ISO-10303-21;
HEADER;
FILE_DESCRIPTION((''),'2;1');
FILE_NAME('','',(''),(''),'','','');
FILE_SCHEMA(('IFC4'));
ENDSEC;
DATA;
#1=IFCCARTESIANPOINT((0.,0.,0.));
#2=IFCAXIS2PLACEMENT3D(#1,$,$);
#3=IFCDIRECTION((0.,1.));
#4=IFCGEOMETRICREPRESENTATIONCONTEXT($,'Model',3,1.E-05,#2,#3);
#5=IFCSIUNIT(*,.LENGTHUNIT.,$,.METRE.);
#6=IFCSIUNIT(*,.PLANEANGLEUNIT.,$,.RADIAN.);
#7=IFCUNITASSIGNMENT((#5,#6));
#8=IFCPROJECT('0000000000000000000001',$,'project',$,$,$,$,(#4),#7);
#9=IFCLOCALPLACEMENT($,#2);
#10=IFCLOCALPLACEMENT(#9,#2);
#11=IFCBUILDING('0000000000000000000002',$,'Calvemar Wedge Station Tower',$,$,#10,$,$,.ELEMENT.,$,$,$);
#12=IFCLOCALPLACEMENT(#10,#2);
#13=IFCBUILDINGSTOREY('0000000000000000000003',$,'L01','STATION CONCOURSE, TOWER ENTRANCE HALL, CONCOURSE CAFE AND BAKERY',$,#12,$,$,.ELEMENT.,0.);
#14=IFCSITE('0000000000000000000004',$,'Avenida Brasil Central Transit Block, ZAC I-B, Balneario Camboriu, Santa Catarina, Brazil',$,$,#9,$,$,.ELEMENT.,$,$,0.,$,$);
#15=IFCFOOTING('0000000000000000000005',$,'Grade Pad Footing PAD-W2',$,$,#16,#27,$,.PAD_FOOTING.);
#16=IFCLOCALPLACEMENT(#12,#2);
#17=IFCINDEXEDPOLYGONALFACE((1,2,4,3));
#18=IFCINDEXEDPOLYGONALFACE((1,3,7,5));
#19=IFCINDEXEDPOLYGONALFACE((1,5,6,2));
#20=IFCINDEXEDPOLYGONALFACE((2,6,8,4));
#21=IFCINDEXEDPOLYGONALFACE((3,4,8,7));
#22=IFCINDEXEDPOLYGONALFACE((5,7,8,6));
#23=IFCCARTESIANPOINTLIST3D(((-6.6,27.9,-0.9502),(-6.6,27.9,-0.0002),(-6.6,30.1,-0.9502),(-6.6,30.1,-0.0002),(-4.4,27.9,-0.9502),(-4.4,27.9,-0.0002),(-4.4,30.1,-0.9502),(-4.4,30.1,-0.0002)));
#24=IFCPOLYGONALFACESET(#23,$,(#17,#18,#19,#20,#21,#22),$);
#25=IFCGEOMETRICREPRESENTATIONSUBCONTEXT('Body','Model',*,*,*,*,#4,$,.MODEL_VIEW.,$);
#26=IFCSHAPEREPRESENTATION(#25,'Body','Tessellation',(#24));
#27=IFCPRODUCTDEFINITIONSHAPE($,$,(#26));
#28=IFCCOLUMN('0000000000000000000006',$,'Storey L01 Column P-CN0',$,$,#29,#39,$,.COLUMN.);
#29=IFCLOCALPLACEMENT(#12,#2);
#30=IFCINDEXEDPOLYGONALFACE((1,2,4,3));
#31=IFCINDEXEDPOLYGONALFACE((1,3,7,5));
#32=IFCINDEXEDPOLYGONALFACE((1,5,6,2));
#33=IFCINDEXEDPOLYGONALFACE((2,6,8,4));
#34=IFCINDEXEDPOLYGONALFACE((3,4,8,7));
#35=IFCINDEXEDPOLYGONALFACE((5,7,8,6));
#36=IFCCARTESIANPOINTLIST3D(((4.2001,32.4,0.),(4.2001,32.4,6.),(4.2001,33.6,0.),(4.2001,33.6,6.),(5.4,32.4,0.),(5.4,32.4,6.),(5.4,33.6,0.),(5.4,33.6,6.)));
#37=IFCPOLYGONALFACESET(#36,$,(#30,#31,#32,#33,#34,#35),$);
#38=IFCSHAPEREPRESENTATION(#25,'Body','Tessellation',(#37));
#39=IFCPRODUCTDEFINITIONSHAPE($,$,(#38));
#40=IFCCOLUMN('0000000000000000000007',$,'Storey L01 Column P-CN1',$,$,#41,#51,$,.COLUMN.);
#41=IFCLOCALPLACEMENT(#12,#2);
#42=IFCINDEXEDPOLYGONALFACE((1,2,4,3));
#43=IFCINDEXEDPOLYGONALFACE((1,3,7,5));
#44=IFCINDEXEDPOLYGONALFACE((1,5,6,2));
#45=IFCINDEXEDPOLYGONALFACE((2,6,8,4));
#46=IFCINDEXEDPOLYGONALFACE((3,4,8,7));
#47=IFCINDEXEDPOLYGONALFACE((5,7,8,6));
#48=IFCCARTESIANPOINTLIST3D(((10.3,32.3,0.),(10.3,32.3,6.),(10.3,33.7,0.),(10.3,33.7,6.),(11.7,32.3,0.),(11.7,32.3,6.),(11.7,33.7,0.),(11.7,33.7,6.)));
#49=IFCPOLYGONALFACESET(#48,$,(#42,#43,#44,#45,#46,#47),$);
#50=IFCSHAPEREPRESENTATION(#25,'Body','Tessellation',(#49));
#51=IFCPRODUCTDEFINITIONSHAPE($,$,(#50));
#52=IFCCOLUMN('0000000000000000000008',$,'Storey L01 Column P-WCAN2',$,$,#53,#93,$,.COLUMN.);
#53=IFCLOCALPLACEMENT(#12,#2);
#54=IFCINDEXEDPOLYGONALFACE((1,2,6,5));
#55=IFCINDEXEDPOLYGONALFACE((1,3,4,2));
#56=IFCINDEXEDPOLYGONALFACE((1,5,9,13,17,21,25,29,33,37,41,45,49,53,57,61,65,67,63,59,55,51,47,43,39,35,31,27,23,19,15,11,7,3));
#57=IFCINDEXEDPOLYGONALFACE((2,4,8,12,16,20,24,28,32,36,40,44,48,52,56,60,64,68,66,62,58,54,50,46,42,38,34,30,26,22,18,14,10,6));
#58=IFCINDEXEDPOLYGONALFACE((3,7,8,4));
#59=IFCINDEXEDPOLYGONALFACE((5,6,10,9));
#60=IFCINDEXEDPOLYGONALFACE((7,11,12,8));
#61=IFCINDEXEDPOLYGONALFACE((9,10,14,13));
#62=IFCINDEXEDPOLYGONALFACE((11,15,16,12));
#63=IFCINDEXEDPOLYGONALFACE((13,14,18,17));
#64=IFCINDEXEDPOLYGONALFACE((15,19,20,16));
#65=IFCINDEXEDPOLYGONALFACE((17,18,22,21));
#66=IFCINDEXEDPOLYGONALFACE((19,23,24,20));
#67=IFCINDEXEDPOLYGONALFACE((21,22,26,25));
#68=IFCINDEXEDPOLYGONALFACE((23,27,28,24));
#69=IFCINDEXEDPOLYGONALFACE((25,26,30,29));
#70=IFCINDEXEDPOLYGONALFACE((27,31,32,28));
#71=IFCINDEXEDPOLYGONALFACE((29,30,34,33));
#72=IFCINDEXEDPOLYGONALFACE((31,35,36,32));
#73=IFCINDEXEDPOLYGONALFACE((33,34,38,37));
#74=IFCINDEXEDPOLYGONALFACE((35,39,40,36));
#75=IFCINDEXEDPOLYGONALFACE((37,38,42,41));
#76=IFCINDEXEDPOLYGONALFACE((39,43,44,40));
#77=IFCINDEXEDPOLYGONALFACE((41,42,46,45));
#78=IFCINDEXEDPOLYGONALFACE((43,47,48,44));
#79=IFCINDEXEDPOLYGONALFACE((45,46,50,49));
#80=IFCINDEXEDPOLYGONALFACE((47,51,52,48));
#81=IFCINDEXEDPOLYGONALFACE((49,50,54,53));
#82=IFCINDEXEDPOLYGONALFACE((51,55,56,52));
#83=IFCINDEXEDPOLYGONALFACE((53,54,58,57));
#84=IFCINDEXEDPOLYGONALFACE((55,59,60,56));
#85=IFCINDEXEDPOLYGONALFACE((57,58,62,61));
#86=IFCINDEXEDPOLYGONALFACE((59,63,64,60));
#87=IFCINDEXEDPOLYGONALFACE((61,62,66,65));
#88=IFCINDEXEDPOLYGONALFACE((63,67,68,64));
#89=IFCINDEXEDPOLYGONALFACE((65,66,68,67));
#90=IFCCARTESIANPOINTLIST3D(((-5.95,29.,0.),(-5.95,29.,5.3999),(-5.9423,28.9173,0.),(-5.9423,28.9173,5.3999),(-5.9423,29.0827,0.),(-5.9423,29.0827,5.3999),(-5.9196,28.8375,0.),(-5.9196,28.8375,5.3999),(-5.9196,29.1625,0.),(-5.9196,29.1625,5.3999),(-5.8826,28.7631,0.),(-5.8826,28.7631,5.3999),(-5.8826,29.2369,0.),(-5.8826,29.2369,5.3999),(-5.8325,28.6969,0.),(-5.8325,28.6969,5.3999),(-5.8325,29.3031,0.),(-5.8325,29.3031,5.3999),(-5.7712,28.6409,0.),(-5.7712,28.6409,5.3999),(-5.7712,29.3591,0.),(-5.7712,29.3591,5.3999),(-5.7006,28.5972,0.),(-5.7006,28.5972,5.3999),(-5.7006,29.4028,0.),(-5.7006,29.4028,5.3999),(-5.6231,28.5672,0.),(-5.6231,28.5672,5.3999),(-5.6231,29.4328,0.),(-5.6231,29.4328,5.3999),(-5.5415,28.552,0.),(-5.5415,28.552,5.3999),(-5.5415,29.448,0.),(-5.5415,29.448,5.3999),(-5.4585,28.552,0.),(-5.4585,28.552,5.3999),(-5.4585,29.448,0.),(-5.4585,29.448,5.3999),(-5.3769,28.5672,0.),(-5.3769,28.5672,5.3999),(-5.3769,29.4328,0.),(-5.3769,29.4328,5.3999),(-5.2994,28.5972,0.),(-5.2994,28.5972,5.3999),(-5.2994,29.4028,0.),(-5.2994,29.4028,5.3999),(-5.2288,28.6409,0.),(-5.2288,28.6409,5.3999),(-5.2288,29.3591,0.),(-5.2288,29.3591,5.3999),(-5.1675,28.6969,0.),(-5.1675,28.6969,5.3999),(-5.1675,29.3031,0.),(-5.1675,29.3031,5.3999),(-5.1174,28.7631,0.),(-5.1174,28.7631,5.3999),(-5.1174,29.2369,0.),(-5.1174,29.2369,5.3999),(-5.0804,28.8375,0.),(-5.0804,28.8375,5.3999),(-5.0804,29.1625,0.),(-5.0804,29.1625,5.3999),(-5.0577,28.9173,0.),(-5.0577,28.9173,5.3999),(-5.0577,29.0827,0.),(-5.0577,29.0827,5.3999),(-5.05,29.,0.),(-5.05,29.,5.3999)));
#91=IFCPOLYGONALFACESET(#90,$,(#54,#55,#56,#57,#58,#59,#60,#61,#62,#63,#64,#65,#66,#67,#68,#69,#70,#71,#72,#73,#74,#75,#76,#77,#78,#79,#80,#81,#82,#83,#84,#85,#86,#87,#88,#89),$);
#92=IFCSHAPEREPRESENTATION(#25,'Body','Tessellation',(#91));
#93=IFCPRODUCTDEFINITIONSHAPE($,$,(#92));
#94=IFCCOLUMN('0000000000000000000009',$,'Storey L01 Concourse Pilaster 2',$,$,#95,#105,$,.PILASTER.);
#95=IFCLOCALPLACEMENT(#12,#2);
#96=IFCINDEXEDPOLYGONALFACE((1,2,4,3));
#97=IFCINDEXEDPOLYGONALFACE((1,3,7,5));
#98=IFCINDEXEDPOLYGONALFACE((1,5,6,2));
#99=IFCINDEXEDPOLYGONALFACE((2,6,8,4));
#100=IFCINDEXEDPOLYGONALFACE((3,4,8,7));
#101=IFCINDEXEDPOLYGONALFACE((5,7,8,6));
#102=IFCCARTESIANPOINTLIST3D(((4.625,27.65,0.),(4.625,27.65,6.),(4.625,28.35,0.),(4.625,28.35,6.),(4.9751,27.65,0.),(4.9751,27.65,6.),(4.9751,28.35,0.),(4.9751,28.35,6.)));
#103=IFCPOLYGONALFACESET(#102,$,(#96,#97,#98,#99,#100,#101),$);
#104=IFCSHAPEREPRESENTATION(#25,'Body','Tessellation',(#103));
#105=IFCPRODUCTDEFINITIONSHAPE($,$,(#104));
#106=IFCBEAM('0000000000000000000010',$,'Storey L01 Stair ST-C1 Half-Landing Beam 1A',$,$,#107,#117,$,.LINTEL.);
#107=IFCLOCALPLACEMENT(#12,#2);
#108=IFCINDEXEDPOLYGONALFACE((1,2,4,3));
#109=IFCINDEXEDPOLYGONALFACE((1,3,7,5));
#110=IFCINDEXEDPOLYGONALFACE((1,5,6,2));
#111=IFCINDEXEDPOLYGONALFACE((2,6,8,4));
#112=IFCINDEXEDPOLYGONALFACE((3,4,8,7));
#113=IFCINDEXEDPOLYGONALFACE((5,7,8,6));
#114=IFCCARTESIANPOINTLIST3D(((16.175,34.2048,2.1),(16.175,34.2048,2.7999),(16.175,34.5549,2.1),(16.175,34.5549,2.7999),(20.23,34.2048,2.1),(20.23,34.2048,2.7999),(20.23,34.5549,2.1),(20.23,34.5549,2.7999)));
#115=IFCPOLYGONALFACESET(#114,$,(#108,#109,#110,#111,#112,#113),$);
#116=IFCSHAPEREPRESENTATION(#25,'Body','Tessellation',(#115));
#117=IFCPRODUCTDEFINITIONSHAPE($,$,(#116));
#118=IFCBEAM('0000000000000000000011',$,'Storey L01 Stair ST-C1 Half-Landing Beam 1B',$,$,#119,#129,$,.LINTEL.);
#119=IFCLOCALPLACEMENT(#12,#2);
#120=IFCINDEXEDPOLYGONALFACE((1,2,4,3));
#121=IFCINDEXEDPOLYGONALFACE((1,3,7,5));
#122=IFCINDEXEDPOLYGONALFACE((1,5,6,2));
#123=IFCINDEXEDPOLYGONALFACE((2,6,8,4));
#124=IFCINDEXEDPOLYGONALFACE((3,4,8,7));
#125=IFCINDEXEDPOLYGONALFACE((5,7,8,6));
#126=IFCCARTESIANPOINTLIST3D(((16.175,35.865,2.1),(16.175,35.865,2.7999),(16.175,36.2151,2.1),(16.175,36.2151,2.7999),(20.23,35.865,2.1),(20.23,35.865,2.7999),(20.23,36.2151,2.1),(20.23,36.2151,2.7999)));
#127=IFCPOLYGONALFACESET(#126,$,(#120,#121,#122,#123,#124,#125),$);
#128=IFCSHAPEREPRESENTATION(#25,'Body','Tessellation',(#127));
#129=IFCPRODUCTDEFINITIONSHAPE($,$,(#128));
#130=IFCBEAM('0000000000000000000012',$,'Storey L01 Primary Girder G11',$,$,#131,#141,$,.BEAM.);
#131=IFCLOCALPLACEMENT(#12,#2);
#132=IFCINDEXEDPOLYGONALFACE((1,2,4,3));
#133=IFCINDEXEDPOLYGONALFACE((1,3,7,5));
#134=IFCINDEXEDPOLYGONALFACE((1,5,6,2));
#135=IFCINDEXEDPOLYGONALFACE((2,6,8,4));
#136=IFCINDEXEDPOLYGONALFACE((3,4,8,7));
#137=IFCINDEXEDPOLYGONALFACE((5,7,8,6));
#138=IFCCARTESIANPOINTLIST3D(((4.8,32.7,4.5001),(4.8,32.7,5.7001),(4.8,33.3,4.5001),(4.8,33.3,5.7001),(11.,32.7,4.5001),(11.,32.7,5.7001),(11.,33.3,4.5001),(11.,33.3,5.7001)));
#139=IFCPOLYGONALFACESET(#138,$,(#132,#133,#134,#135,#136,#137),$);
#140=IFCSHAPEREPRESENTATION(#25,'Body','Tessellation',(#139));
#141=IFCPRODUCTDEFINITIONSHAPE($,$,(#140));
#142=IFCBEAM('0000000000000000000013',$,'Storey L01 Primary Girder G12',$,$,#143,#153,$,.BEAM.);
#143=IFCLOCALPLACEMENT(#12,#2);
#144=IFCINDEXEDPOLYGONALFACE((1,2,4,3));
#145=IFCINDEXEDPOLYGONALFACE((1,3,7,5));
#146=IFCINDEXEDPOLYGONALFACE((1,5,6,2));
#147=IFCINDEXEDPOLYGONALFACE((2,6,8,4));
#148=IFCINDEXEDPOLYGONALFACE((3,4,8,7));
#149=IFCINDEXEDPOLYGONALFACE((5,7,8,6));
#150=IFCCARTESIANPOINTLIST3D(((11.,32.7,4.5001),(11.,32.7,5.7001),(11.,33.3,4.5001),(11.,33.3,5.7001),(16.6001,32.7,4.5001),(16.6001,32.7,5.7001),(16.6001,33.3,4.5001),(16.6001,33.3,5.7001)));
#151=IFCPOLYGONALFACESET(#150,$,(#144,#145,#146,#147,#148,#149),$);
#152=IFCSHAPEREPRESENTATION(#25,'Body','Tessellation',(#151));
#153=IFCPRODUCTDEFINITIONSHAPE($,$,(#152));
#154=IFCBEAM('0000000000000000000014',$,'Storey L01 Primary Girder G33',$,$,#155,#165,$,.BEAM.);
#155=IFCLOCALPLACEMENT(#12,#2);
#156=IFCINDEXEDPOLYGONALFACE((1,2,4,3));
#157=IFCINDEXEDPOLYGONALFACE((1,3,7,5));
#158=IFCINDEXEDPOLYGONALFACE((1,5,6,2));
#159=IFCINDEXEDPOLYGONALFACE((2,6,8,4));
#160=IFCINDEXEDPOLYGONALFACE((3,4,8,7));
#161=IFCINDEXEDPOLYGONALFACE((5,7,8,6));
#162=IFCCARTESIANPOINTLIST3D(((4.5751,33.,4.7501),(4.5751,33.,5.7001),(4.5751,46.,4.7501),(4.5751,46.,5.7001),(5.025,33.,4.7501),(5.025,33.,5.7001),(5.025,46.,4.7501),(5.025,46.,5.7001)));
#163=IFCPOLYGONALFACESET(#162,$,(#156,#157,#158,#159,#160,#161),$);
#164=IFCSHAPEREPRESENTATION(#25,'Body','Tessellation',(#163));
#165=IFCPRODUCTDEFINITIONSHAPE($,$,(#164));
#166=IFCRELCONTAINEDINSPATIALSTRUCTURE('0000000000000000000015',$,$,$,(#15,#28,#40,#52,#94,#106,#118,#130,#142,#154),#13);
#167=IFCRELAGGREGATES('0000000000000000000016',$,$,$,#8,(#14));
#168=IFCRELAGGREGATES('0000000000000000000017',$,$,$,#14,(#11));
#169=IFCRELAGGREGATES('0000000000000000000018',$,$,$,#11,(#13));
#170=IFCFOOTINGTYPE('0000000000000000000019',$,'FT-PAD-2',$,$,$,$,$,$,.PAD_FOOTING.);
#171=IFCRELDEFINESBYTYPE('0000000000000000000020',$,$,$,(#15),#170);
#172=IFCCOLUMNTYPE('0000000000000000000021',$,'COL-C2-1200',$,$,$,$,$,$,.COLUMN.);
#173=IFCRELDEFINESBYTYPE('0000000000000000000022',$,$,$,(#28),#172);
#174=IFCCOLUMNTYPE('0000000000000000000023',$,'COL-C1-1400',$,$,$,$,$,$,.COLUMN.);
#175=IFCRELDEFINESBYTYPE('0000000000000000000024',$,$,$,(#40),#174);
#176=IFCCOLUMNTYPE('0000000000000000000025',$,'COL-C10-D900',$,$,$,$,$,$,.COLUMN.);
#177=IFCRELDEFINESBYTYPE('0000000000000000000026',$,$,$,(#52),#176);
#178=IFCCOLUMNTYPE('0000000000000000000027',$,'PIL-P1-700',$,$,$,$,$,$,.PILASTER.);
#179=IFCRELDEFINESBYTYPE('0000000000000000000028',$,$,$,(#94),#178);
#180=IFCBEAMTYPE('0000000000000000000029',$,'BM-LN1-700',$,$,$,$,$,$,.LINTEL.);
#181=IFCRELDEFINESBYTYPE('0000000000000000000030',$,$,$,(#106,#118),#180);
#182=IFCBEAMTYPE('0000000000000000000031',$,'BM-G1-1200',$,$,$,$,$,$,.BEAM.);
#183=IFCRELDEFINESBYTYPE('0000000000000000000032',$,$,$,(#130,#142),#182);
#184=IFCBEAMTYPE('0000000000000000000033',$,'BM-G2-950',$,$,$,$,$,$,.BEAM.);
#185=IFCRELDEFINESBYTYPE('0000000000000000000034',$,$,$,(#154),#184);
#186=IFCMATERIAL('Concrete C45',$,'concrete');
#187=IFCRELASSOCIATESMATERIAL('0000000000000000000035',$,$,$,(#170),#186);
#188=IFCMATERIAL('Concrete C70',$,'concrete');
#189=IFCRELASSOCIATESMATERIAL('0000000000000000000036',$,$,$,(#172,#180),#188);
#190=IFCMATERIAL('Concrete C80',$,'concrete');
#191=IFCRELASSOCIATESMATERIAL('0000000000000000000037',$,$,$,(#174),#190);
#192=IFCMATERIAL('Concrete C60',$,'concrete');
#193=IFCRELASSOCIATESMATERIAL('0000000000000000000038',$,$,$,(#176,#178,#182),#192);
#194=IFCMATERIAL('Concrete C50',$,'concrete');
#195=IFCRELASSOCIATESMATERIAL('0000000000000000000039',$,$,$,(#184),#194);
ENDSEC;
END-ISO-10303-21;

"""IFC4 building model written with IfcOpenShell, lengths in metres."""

from ifc_helpers import new_model, si_unit, direction, frame, origin, origin_2d, place, context, subcontext, project, spatial, rectangle, circle, extrude, source, transform, mapped, material, material_profile, profile_set, type_object, element, save


model = new_model("IFC4")

# Units and contexts
model_context = context("Model", 3, precision=1e-05, world=origin(), true_north=direction((0.0, 1.0)))
body_context = subcontext(model_context, "Body", "Model", "MODEL_VIEW")
ifc_project = project(units=[si_unit("LENGTHUNIT", "METRE"), si_unit("PLANEANGLEUNIT", "RADIAN")], contexts=[model_context])

# Site, building, storey
site_placement = place(None, origin())
site = spatial("IfcSite", under=ifc_project, at=site_placement, Name="Avenida Brasil Central Transit Block, ZAC I-B, Balneario Camboriu, Santa Catarina, Brazil", CompositionType="ELEMENT", RefElevation=0.0)
building_placement = place(site_placement, origin())
building = spatial("IfcBuilding", under=site, at=building_placement, Name="Calvemar Wedge Station Tower", CompositionType="ELEMENT")
storey_placement = place(building_placement, origin())
storey = spatial("IfcBuildingStorey", under=building, at=storey_placement, Name="L01", Description="STATION CONCOURSE, TOWER ENTRANCE HALL, CONCOURSE CAFE AND BAKERY", CompositionType="ELEMENT", Elevation=0.0)

# Footing
ifc_material_1 = material(Name="Concrete C45", Category="concrete")
footing_type = type_object("IfcFootingType", Name="FT-PAD-2", PredefinedType="PAD_FOOTING", material=ifc_material_1)
shared_shape_1 = source(origin(), body_context, "Body", "SweptSolid", [
    extrude(rectangle(XDim=2.2, YDim=2.2, at=origin_2d()), origin(), (0.0, 0.0, 1.0), 0.95),
])
footing_placement = place(storey_placement, frame((-5.5, 29.0, -0.9502), z_axis=(0.0, 0.0, 1.0), x_axis=(1.0, 0.0, 0.0)))
element("IfcFooting", 1, at=footing_placement, inside=storey, type_object=footing_type, Name="Grade Pad Footing PAD-W2", PredefinedType="PAD_FOOTING", context=body_context, shape_type="MappedRepresentation", body=[
    mapped(shared_shape_1, transform((0.0, 0.0, 0.0), scale=1.0)),
])

# Columns
ifc_material_2 = material(Name="Concrete C70", Category="concrete")
ifc_material_profile_1 = material_profile(ifc_material_2, rectangle(XDim=1.2, YDim=1.2, at=origin_2d()), Name="RC1200x1200")
ifc_profile_set_1 = profile_set([ifc_material_profile_1], Name="Concrete C70")
column_type_1 = type_object("IfcColumnType", Name="COL-C2-1200", PredefinedType="COLUMN", material=ifc_profile_set_1)
shared_shape_2 = source(origin(), body_context, "Body", "SweptSolid", [
    extrude(rectangle(XDim=1.2, YDim=1.2, at=origin_2d()), origin(), (0.0, 0.0, 1.0), 6.0),
])
column_1_placement = place(storey_placement, frame((4.8, 33.0, 0.0), z_axis=(0.0, 0.0, 1.0), x_axis=(1.0, 0.0, 0.0)))
element("IfcColumn", 2, at=column_1_placement, inside=storey, type_object=column_type_1, Name="Storey L01 Column P-CN0", PredefinedType="COLUMN", context=body_context, shape_type="MappedRepresentation", body=[
    mapped(shared_shape_2, transform((0.0, 0.0, 0.0), scale=1.0)),
])
ifc_material_3 = material(Name="Concrete C80", Category="concrete")
ifc_material_profile_2 = material_profile(ifc_material_3, rectangle(XDim=1.3999, YDim=1.3999, at=origin_2d()), Name="RC1400x1400")
ifc_profile_set_2 = profile_set([ifc_material_profile_2], Name="Concrete C80")
column_type_2 = type_object("IfcColumnType", Name="COL-C1-1400", PredefinedType="COLUMN", material=ifc_profile_set_2)
shared_shape_3 = source(origin(), body_context, "Body", "SweptSolid", [
    extrude(rectangle(XDim=1.3999, YDim=1.3999, at=origin_2d()), origin(), (0.0, 0.0, 1.0), 6.0),
])
column_2_placement = place(storey_placement, frame((11.0, 33.0, 0.0), z_axis=(0.0, 0.0, 1.0), x_axis=(1.0, 0.0, 0.0)))
element("IfcColumn", 3, at=column_2_placement, inside=storey, type_object=column_type_2, Name="Storey L01 Column P-CN1", PredefinedType="COLUMN", context=body_context, shape_type="MappedRepresentation", body=[
    mapped(shared_shape_3, transform((0.0, 0.0, 0.0), scale=1.0)),
])
ifc_material_4 = material(Name="Concrete C60", Category="concrete")
ifc_material_profile_3 = material_profile(ifc_material_4, circle(Radius=0.45, at=origin_2d()), Name="RC-D900")
ifc_profile_set_3 = profile_set([ifc_material_profile_3], Name="Concrete C60")
column_type_3 = type_object("IfcColumnType", Name="COL-C10-D900", PredefinedType="COLUMN", material=ifc_profile_set_3)
shared_shape_4 = source(origin(), body_context, "Body", "SweptSolid", [
    extrude(circle(Radius=0.45, at=origin_2d()), origin(), (0.0, 0.0, 1.0), 5.3999),
])
column_3_placement = place(storey_placement, frame((-5.5, 29.0, 0.0), z_axis=(0.0, 0.0, 1.0), x_axis=(1.0, 0.0, 0.0)))
element("IfcColumn", 4, at=column_3_placement, inside=storey, type_object=column_type_3, Name="Storey L01 Column P-WCAN2", PredefinedType="COLUMN", context=body_context, shape_type="MappedRepresentation", body=[
    mapped(shared_shape_4, transform((0.0, 0.0, 0.0), scale=1.0)),
])
ifc_material_profile_4 = material_profile(ifc_material_4, rectangle(XDim=0.3501, YDim=0.7, at=origin_2d()), Name="RC350x700")
ifc_profile_set_4 = profile_set([ifc_material_profile_4], Name="Concrete C60")
column_type_4 = type_object("IfcColumnType", Name="PIL-P1-700", PredefinedType="PILASTER", material=ifc_profile_set_4)
shared_shape_5 = source(origin(), body_context, "Body", "SweptSolid", [
    extrude(rectangle(XDim=0.3501, YDim=0.7, at=origin_2d()), origin(), (0.0, 0.0, 1.0), 6.0),
])
column_4_placement = place(storey_placement, frame((4.8, 28.0, 0.0), z_axis=(0.0, 0.0, 1.0), x_axis=(1.0, 0.0, 0.0)))
element("IfcColumn", 5, at=column_4_placement, inside=storey, type_object=column_type_4, Name="Storey L01 Concourse Pilaster 2", PredefinedType="PILASTER", context=body_context, shape_type="MappedRepresentation", body=[
    mapped(shared_shape_5, transform((0.0, 0.0, 0.0), scale=1.0)),
])

# Beams
ifc_material_profile_5 = material_profile(ifc_material_2, rectangle(XDim=0.3501, YDim=0.7, at=origin_2d()), Name="RC350x700")
ifc_profile_set_5 = profile_set([ifc_material_profile_5], Name="Concrete C70")
beam_type_1 = type_object("IfcBeamType", Name="BM-LN1-700", PredefinedType="LINTEL", material=ifc_profile_set_5)
shared_shape_6 = source(origin(), body_context, "Body", "SweptSolid", [
    extrude(rectangle(XDim=0.3501, YDim=0.7, at=origin_2d()), origin(), (0.0, 0.0, 1.0), 4.0549),
])
for number, where, z_axis, x_axis, name in (
    (6, (16.175, 34.3799, 2.45), (1.0, 0.0, 0.0), (0.0, 1.0, 0.0), "Storey L01 Stair ST-C1 Half-Landing Beam 1A"),
    (7, (16.175, 36.04, 2.45), (1.0, 0.0, 0.0), (0.0, 1.0, 0.0), "Storey L01 Stair ST-C1 Half-Landing Beam 1B"),
):
    element("IfcBeam", number, at=place(storey_placement, frame(where, z_axis=z_axis, x_axis=x_axis)), inside=storey, type_object=beam_type_1, Name=name, PredefinedType="LINTEL", context=body_context, shape_type="MappedRepresentation", body=[
        mapped(shared_shape_6, transform((0.0, 0.0, 0.0), scale=1.0)),
    ])
ifc_material_profile_6 = material_profile(ifc_material_4, rectangle(XDim=0.6001, YDim=1.2, at=origin_2d()), Name="RC600x1200")
ifc_profile_set_6 = profile_set([ifc_material_profile_6], Name="Concrete C60")
beam_type_2 = type_object("IfcBeamType", Name="BM-G1-1200", PredefinedType="BEAM", material=ifc_profile_set_6)
shared_shape_7 = source(origin(), body_context, "Body", "SweptSolid", [
    extrude(rectangle(XDim=0.6001, YDim=1.2, at=origin_2d()), origin(), (0.0, 0.0, 1.0), 6.2),
])
beam_1_placement = place(storey_placement, frame((4.8, 33.0, 5.1001), z_axis=(1.0, 0.0, 0.0), x_axis=(0.0, 1.0, 0.0)))
element("IfcBeam", 8, at=beam_1_placement, inside=storey, type_object=beam_type_2, Name="Storey L01 Primary Girder G11", PredefinedType="BEAM", context=body_context, shape_type="MappedRepresentation", body=[
    mapped(shared_shape_7, transform((0.0, 0.0, 0.0), scale=1.0)),
])
shared_shape_8 = source(origin(), body_context, "Body", "SweptSolid", [
    extrude(rectangle(XDim=0.6001, YDim=1.2, at=origin_2d()), origin(), (0.0, 0.0, 1.0), 5.6001),
])
beam_2_placement = place(storey_placement, frame((11.0, 33.0, 5.1001), z_axis=(1.0, 0.0, 0.0), x_axis=(0.0, 1.0, 0.0)))
element("IfcBeam", 9, at=beam_2_placement, inside=storey, type_object=beam_type_2, Name="Storey L01 Primary Girder G12", PredefinedType="BEAM", context=body_context, shape_type="MappedRepresentation", body=[
    mapped(shared_shape_8, transform((0.0, 0.0, 0.0), scale=1.0)),
])
ifc_material_5 = material(Name="Concrete C50", Category="concrete")
ifc_material_profile_7 = material_profile(ifc_material_5, rectangle(XDim=0.45, YDim=0.95, at=origin_2d()), Name="RC450x950")
ifc_profile_set_7 = profile_set([ifc_material_profile_7], Name="Concrete C50")
beam_type_3 = type_object("IfcBeamType", Name="BM-G2-950", PredefinedType="BEAM", material=ifc_profile_set_7)
shared_shape_9 = source(origin(), body_context, "Body", "SweptSolid", [
    extrude(rectangle(XDim=0.45, YDim=0.95, at=origin_2d()), origin(), (0.0, 0.0, 1.0), 13.0),
])
beam_3_placement = place(storey_placement, frame((4.8, 33.0, 5.2251), z_axis=(0.0, 1.0, 0.0), x_axis=(-1.0, 0.0, 0.0)))
element("IfcBeam", 10, at=beam_3_placement, inside=storey, type_object=beam_type_3, Name="Storey L01 Primary Girder G33", PredefinedType="BEAM", context=body_context, shape_type="MappedRepresentation", body=[
    mapped(shared_shape_9, transform((0.0, 0.0, 0.0), scale=1.0)),
])

save(model, "model.ifc")
